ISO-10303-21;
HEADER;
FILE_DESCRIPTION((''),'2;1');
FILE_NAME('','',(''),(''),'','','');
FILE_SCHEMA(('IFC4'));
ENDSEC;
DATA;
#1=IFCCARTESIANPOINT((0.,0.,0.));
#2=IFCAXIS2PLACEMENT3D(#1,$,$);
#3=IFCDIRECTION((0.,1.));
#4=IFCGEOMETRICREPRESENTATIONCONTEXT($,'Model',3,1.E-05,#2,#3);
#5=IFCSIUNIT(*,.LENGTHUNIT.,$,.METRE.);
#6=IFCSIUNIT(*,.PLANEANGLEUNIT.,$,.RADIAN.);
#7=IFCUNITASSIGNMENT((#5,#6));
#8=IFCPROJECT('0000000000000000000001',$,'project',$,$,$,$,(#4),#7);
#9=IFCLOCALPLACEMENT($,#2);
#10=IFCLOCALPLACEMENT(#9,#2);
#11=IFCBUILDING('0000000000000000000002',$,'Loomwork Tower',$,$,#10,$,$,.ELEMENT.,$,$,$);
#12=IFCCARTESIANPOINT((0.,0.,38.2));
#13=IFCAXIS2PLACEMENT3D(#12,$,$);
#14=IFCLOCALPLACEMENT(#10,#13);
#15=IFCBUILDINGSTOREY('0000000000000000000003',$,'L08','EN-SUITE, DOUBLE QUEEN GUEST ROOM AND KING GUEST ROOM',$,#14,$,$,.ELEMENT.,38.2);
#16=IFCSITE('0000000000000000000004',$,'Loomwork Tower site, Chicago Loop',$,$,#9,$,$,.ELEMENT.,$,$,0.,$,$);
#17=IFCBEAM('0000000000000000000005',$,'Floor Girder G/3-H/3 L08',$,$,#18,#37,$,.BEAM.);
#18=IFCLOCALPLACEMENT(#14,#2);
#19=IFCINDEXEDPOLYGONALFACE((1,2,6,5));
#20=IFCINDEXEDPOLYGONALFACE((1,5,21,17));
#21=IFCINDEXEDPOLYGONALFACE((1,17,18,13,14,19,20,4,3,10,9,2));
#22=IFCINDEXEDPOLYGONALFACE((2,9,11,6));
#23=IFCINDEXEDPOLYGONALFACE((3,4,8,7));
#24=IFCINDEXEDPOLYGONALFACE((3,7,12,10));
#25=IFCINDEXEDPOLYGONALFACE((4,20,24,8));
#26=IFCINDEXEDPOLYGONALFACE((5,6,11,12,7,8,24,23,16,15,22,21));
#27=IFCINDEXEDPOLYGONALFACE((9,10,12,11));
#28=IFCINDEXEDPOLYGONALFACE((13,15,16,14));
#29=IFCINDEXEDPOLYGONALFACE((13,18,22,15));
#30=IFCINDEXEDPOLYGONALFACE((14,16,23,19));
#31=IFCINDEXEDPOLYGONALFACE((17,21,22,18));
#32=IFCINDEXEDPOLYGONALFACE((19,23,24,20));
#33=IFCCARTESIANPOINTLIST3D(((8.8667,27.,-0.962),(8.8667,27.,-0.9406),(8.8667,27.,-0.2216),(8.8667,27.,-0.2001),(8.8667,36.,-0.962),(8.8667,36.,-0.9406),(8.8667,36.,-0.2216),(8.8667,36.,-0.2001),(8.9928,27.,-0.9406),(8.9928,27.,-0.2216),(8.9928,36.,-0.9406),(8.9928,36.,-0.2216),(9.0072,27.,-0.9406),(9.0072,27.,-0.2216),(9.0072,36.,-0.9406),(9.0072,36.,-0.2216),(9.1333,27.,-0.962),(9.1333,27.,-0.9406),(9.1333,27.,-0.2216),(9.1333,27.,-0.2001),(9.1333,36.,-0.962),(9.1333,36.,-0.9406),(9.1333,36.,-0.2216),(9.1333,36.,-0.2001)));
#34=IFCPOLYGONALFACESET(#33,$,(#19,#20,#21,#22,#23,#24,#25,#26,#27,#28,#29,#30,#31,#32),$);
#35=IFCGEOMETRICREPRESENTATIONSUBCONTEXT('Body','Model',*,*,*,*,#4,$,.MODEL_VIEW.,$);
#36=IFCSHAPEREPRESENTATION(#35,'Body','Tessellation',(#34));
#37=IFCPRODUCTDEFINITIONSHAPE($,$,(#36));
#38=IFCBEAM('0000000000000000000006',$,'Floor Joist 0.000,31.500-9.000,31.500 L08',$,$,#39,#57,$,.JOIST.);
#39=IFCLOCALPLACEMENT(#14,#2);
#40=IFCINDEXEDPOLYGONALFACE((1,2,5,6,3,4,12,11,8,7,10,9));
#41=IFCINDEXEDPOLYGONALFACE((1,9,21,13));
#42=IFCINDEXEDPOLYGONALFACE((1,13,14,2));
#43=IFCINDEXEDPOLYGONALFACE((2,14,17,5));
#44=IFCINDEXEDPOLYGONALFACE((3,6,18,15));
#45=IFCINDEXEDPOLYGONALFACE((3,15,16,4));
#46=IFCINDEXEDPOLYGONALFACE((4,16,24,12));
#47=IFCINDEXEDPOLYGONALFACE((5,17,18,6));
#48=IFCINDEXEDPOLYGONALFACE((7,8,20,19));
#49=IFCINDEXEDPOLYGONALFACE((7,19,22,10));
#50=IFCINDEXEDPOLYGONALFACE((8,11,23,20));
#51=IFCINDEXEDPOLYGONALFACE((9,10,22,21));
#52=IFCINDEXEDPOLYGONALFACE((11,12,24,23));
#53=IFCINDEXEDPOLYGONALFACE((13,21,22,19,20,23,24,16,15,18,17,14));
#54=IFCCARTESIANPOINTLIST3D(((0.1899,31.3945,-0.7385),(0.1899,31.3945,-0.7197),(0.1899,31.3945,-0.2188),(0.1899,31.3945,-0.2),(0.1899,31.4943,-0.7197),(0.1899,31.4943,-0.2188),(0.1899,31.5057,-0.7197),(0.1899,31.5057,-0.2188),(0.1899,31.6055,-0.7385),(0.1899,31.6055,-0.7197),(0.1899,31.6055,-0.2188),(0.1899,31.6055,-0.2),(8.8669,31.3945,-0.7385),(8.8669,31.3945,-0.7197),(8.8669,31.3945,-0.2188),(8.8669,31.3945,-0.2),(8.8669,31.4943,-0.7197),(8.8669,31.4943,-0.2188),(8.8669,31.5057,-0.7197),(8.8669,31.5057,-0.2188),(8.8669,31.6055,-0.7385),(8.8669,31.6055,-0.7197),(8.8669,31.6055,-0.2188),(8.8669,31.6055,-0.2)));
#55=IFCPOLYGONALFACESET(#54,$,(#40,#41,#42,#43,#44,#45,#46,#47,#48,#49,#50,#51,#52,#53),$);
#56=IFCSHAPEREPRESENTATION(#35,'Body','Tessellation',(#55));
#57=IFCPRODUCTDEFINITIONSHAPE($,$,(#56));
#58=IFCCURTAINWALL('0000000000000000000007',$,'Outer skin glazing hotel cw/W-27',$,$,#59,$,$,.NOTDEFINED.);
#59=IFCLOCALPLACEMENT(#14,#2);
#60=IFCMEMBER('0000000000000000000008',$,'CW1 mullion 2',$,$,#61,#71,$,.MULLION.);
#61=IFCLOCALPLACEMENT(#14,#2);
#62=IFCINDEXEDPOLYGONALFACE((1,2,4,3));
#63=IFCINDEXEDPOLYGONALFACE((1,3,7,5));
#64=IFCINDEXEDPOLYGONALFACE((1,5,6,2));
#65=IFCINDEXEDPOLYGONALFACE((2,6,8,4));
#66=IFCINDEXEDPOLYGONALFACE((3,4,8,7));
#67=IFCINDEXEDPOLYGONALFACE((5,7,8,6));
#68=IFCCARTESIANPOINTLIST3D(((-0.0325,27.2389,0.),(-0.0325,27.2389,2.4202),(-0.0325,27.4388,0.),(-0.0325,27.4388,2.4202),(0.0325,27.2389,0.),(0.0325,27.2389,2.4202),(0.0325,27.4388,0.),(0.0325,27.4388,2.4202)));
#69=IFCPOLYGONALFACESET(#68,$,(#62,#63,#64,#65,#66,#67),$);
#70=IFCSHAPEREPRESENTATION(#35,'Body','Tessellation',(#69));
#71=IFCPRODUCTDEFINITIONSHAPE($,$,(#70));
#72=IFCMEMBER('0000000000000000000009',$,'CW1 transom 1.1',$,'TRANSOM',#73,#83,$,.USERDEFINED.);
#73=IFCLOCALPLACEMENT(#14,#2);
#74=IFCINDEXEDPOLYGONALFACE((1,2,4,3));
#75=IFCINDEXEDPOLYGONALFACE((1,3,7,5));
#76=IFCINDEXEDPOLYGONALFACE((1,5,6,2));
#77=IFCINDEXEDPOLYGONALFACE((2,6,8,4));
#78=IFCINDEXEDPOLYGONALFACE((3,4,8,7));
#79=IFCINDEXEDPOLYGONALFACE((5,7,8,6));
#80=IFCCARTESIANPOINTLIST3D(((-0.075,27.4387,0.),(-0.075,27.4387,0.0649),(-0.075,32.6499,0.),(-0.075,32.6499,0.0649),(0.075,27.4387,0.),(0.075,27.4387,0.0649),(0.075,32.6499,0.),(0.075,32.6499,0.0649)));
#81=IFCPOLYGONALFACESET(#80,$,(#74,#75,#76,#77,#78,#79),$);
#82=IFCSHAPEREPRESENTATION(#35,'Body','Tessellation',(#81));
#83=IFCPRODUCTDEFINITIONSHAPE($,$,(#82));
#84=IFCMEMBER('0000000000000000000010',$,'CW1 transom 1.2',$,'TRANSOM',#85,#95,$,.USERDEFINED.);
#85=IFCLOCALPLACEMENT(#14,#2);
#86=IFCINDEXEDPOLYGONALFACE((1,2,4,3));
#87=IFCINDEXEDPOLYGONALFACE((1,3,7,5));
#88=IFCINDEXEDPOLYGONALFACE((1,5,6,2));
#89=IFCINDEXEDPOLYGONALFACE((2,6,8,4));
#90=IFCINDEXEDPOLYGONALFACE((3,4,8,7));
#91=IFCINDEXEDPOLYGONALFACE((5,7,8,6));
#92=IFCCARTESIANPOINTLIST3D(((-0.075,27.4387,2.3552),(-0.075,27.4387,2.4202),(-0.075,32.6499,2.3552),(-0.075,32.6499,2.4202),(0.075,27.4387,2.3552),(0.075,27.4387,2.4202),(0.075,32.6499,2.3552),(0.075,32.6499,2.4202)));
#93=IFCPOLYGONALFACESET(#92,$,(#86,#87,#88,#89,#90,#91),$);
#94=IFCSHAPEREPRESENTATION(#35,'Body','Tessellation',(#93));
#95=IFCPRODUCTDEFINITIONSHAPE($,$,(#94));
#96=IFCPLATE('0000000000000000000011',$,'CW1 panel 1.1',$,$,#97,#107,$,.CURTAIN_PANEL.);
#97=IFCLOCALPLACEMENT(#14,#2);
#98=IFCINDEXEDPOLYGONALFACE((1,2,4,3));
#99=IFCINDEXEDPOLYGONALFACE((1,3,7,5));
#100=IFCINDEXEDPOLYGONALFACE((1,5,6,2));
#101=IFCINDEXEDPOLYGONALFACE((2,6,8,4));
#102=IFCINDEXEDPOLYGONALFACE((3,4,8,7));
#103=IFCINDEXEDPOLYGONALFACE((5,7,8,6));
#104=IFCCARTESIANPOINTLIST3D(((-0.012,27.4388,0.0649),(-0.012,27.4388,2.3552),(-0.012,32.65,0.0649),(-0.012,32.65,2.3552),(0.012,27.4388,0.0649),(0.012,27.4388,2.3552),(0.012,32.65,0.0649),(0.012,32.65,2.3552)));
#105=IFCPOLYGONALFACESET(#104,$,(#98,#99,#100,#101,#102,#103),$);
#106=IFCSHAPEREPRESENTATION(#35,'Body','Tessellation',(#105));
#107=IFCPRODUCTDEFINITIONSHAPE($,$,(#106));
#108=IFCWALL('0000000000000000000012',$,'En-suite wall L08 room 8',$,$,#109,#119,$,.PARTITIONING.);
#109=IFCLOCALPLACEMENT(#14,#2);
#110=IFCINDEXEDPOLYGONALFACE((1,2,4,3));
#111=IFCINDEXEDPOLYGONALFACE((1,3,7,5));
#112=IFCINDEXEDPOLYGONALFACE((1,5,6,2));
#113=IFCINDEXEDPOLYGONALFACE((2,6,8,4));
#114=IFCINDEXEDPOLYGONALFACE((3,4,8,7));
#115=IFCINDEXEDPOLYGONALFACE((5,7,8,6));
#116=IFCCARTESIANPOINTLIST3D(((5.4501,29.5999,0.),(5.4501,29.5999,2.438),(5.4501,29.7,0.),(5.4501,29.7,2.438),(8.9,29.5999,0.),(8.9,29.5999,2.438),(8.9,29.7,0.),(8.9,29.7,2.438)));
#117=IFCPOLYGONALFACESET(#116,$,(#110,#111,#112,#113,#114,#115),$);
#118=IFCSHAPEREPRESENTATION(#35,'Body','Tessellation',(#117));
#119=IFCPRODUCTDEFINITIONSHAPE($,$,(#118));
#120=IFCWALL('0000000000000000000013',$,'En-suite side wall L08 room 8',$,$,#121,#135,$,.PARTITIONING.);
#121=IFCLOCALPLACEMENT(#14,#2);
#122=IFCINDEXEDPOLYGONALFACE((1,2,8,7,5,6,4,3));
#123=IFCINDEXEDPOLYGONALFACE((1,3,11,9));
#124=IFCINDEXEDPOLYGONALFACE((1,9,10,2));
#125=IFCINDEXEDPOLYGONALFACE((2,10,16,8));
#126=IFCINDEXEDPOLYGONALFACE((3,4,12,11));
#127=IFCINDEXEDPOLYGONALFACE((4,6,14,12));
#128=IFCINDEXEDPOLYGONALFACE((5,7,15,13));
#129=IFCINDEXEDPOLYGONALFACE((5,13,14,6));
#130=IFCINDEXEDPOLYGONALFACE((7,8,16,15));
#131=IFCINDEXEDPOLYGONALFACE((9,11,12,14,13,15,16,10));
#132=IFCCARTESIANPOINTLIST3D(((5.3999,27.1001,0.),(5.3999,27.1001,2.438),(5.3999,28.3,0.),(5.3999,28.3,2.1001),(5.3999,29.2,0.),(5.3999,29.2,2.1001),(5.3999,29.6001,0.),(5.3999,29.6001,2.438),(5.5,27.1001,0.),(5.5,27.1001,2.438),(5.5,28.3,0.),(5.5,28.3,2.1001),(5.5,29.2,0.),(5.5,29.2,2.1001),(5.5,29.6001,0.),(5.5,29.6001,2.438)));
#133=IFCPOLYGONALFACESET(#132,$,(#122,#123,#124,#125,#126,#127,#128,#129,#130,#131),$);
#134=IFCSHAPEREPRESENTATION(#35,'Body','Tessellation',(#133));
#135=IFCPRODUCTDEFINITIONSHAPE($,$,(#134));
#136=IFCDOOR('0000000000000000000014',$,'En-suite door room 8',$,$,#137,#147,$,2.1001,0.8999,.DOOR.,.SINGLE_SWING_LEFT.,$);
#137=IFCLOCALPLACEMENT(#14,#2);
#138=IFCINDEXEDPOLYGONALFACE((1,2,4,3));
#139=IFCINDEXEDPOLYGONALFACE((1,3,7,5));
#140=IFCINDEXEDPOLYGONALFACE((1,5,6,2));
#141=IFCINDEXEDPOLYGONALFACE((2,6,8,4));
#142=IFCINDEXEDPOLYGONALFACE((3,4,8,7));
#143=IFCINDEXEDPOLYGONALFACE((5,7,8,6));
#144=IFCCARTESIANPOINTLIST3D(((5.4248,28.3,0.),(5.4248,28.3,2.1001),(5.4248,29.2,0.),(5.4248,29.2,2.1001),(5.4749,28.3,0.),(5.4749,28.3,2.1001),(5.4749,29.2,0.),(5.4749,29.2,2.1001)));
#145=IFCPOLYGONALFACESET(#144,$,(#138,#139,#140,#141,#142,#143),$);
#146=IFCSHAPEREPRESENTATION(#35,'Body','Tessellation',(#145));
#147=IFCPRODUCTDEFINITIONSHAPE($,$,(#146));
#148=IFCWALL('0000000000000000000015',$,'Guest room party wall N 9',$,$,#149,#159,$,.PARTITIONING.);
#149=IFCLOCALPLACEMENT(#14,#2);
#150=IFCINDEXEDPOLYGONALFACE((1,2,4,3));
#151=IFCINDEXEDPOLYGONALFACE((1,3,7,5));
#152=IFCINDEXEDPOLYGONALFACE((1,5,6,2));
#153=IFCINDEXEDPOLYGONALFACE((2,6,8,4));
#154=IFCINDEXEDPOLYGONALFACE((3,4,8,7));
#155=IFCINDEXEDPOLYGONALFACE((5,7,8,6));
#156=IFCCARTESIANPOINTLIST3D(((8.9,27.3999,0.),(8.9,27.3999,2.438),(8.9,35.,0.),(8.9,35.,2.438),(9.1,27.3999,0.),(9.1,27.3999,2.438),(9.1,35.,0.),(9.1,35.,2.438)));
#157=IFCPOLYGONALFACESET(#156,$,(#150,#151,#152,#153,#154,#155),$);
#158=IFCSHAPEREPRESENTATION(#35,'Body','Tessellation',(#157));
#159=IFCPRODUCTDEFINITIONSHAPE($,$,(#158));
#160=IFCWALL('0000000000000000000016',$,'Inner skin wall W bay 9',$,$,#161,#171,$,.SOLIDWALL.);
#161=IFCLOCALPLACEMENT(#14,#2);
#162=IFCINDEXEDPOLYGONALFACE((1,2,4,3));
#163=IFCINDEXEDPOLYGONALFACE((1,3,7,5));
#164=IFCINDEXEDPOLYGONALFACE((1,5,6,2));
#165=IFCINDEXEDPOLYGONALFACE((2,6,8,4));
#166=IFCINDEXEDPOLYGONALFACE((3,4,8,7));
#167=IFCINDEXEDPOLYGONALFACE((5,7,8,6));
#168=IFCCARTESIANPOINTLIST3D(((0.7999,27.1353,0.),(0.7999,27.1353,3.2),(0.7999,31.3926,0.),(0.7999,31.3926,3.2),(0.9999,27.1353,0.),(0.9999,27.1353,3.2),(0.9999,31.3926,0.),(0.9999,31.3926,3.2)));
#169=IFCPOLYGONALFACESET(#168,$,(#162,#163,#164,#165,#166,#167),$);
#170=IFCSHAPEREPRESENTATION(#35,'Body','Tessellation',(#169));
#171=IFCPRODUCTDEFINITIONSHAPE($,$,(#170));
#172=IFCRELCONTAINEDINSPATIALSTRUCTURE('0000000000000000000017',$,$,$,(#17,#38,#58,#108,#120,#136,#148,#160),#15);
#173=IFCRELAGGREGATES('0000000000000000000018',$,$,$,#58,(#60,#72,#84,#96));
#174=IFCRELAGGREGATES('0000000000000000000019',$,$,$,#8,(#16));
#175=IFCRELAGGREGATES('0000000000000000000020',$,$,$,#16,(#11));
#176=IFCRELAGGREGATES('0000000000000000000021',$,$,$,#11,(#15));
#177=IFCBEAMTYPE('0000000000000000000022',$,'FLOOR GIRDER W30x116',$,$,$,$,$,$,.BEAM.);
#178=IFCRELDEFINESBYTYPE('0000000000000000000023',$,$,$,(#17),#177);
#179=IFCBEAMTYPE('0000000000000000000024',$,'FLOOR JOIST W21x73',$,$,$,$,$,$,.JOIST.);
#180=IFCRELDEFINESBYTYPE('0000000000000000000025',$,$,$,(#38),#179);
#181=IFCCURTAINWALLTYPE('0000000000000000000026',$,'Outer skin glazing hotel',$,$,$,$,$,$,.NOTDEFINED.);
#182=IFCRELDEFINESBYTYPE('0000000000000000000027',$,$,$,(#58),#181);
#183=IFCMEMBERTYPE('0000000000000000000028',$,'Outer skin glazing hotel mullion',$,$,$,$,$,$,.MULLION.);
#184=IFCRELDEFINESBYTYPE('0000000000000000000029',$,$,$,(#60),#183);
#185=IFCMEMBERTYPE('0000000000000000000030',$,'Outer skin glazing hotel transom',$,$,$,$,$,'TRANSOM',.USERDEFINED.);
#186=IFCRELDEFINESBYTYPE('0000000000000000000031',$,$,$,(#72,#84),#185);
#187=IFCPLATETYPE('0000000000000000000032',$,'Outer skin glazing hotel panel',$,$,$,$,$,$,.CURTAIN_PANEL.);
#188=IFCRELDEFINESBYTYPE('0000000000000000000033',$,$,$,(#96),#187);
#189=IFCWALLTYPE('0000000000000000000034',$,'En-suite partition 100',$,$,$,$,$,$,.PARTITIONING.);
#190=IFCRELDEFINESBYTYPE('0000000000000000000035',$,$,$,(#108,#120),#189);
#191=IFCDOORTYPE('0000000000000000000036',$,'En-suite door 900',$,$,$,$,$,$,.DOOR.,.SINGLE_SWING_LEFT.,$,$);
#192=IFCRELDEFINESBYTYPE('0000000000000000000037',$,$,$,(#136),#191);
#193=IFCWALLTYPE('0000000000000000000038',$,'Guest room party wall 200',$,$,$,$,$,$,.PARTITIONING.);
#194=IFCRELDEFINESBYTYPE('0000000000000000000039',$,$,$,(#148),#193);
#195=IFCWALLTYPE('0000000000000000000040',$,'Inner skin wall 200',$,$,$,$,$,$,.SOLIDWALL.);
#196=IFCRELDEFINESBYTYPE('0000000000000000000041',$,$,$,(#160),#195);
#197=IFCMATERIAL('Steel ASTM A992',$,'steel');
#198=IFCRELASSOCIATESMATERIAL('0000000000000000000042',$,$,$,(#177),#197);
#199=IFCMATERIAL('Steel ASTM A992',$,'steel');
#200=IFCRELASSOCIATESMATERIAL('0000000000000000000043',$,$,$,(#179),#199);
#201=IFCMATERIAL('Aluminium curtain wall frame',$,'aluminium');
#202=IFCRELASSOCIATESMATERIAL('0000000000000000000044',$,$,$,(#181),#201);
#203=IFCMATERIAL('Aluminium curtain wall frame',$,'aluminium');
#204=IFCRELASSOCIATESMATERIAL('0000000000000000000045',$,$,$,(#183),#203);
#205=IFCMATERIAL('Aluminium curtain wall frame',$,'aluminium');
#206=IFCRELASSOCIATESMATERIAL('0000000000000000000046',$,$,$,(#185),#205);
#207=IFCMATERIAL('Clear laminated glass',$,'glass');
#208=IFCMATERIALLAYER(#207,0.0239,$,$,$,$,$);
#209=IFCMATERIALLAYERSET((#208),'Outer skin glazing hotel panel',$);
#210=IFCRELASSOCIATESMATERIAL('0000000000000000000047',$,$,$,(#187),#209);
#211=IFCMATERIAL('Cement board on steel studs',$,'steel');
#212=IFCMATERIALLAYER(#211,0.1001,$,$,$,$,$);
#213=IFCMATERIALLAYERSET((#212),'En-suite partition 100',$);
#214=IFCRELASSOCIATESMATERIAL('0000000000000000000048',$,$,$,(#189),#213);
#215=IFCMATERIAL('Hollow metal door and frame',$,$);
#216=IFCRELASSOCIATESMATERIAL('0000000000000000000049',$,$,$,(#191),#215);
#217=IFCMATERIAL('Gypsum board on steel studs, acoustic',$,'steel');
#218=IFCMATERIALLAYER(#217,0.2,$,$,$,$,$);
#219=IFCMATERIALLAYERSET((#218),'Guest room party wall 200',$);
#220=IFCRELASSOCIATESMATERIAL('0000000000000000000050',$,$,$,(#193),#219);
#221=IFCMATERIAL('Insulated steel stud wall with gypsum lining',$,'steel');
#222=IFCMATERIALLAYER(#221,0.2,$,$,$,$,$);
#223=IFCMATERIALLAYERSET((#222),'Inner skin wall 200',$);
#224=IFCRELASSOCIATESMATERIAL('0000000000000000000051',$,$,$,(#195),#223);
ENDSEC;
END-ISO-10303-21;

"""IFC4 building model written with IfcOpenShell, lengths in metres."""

from ifc_helpers import new_model, si_unit, direction, frame, frame_2d, origin, origin_2d, place, context, subcontext, project, spatial, rectangle, i_section, extrude, material, layer, layer_set, material_profile, profile_set, type_object, element, fill, aggregate, save


model = new_model("IFC4")

# Units and contexts
model_context = context("Model", 3, precision=1e-05, world=origin(), true_north=direction((0.0, 1.0)))
body_context = subcontext(model_context, "Body", "Model", "MODEL_VIEW")
ifc_project = project(units=[si_unit("LENGTHUNIT", "METRE"), si_unit("PLANEANGLEUNIT", "RADIAN")], contexts=[model_context])

# Site, building, storey
site_placement = place(None, origin())
site = spatial("IfcSite", under=ifc_project, at=site_placement, Name="Loomwork Tower site, Chicago Loop", CompositionType="ELEMENT", RefElevation=0.0)
building_placement = place(site_placement, origin())
building = spatial("IfcBuilding", under=site, at=building_placement, Name="Loomwork Tower", CompositionType="ELEMENT")
storey_placement = place(building_placement, frame((0.0, 0.0, 38.2)))
storey = spatial("IfcBuildingStorey", under=building, at=storey_placement, Name="L08", Description="EN-SUITE, DOUBLE QUEEN GUEST ROOM AND KING GUEST ROOM", CompositionType="ELEMENT", Elevation=38.2)

# Beams
ifc_material_1 = material(Name="Steel ASTM A992", Category="steel")
ifc_material_profile_1 = material_profile(ifc_material_1, i_section(OverallWidth=0.2666, OverallDepth=0.762, WebThickness=0.0144, FlangeThickness=0.0215, at=origin_2d()), Name="W30x116")
ifc_profile_set_1 = profile_set([ifc_material_profile_1], Name="Steel ASTM A992")
beam_type_1 = type_object("IfcBeamType", Name="FLOOR GIRDER W30x116", PredefinedType="BEAM", material=ifc_profile_set_1)
beam_1_placement = place(storey_placement, frame((9.0, 27.0, -0.5811), z_axis=(0.0, 1.0, 0.0), x_axis=(-1.0, 0.0, 0.0)))
element("IfcBeam", 1, at=beam_1_placement, inside=storey, type_object=beam_type_1, Name="Floor Girder G/3-H/3 L08", PredefinedType="BEAM", context=body_context, shape_type="SweptSolid", body=[
    extrude(i_section(OverallWidth=0.2666, OverallDepth=0.762, WebThickness=0.0144, FlangeThickness=0.0215, at=origin_2d()), origin(), (0.0, 0.0, 1.0), 9.0),
])
ifc_material_2 = material(Name="Steel ASTM A992", Category="steel")
ifc_material_profile_2 = material_profile(ifc_material_2, i_section(OverallWidth=0.2109, OverallDepth=0.5386, WebThickness=0.0115, FlangeThickness=0.0188, at=origin_2d()), Name="W21x73")
ifc_profile_set_2 = profile_set([ifc_material_profile_2], Name="Steel ASTM A992")
beam_type_2 = type_object("IfcBeamType", Name="FLOOR JOIST W21x73", PredefinedType="JOIST", material=ifc_profile_set_2)
beam_2_placement = place(storey_placement, frame((0.1899, 31.5, -0.4692), z_axis=(1.0, 0.0, 0.0), x_axis=(0.0, 1.0, 0.0)))
element("IfcBeam", 2, at=beam_2_placement, inside=storey, type_object=beam_type_2, Name="Floor Joist 0.000,31.500-9.000,31.500 L08", PredefinedType="JOIST", context=body_context, shape_type="SweptSolid", body=[
    extrude(i_section(OverallWidth=0.2109, OverallDepth=0.5386, WebThickness=0.0115, FlangeThickness=0.0188, at=origin_2d()), origin(), (0.0, 0.0, 1.0), 8.677),
])

# Curtain wall, members, plate
ifc_material_3 = material(Name="Aluminium curtain wall frame", Category="aluminium")
curtain_wall_type = type_object("IfcCurtainWallType", Name="Outer skin glazing hotel", PredefinedType="NOTDEFINED", material=ifc_material_3)
curtain_wall_placement = place(storey_placement, origin())
curtain_wall = element("IfcCurtainWall", 3, at=curtain_wall_placement, inside=storey, type_object=curtain_wall_type, Name="Outer skin glazing hotel cw/W-27", PredefinedType="NOTDEFINED")
ifc_material_4 = material(Name="Aluminium curtain wall frame", Category="aluminium")
ifc_material_profile_3 = material_profile(ifc_material_4, rectangle(XDim=0.0649, YDim=0.2, at=origin_2d()), Name="AL 65x200")
ifc_profile_set_3 = profile_set([ifc_material_profile_3], Name="Aluminium curtain wall frame")
member_type_1 = type_object("IfcMemberType", Name="Outer skin glazing hotel mullion", PredefinedType="MULLION", material=ifc_profile_set_3)
member_1_placement = place(storey_placement, frame((0.0, 27.3389, 0.0), z_axis=(0.0, 0.0, 1.0), x_axis=(1.0, 0.0, 0.0)))
member_1 = element("IfcMember", 4, at=member_1_placement, type_object=member_type_1, Name="CW1 mullion 2", PredefinedType="MULLION", context=body_context, shape_type="SweptSolid", body=[
    extrude(rectangle(XDim=0.0649, YDim=0.2, at=origin_2d()), origin(), (0.0, 0.0, 1.0), 2.4202),
])
ifc_material_5 = material(Name="Aluminium curtain wall frame", Category="aluminium")
ifc_material_profile_4 = material_profile(ifc_material_5, rectangle(XDim=0.1499, YDim=0.0649, at=origin_2d()), Name="AL 65x150")
ifc_profile_set_4 = profile_set([ifc_material_profile_4], Name="Aluminium curtain wall frame")
member_type_2 = type_object("IfcMemberType", Name="Outer skin glazing hotel transom", ElementType="TRANSOM", PredefinedType="USERDEFINED", material=ifc_profile_set_4)
member_2_placement = place(storey_placement, frame((0.0, 32.6499, 0.0325), z_axis=(0.0, -1.0, 0.0), x_axis=(1.0, 0.0, 0.0)))
member_2 = element("IfcMember", 5, at=member_2_placement, type_object=member_type_2, Name="CW1 transom 1.1", ObjectType="TRANSOM", PredefinedType="USERDEFINED", context=body_context, shape_type="SweptSolid", body=[
    extrude(rectangle(XDim=0.1499, YDim=0.0649, at=origin_2d()), origin(), (0.0, 0.0, 1.0), 5.2112),
])
member_3_placement = place(storey_placement, frame((0.0, 32.6499, 2.3877), z_axis=(0.0, -1.0, 0.0), x_axis=(1.0, 0.0, 0.0)))
member_3 = element("IfcMember", 6, at=member_3_placement, type_object=member_type_2, Name="CW1 transom 1.2", ObjectType="TRANSOM", PredefinedType="USERDEFINED", context=body_context, shape_type="SweptSolid", body=[
    extrude(rectangle(XDim=0.1499, YDim=0.0649, at=origin_2d()), origin(), (0.0, 0.0, 1.0), 5.2112),
])
ifc_material_6 = material(Name="Clear laminated glass", Category="glass")
ifc_layer_1 = layer(ifc_material_6, 0.0239)
ifc_layer_set_1 = layer_set([ifc_layer_1], Name="Outer skin glazing hotel panel")
plate_type = type_object("IfcPlateType", Name="Outer skin glazing hotel panel", PredefinedType="CURTAIN_PANEL", material=ifc_layer_set_1)
plate_placement = place(storey_placement, frame((0.0, 30.0444, 0.0649), z_axis=(0.0, 0.0, 1.0), x_axis=(0.0, -1.0, 0.0)))
plate = element("IfcPlate", 7, at=plate_placement, type_object=plate_type, Name="CW1 panel 1.1", PredefinedType="CURTAIN_PANEL", context=body_context, shape_type="SweptSolid", body=[
    extrude(rectangle(XDim=5.2112, YDim=0.0239, at=origin_2d()), origin(), (0.0, 0.0, 1.0), 2.2903),
])
aggregate(curtain_wall, [member_1, member_2, member_3, plate])

# Wall
ifc_material_7 = material(Name="Cement board on steel studs", Category="steel")
ifc_layer_2 = layer(ifc_material_7, 0.1001)
ifc_layer_set_2 = layer_set([ifc_layer_2], Name="En-suite partition 100")
wall_type_1 = type_object("IfcWallType", Name="En-suite partition 100", PredefinedType="PARTITIONING", material=ifc_layer_set_2)
wall_1_placement = place(storey_placement, frame((5.45, 29.6499, 0.0), z_axis=(0.0, 0.0, 1.0), x_axis=(1.0, 0.0, 0.0)))
element("IfcWall", 8, at=wall_1_placement, inside=storey, type_object=wall_type_1, Name="En-suite wall L08 room 8", PredefinedType="PARTITIONING", context=body_context, shape_type="SweptSolid", body=[
    extrude(rectangle(XDim=3.45, YDim=0.1001, at=frame_2d((1.7251, 0.0))), origin(), (0.0, 0.0, 1.0), 2.438),
])

# Wall, opening, door
wall_2_placement = place(storey_placement, frame((5.45, 27.1001, 0.0), z_axis=(0.0, 0.0, 1.0), x_axis=(0.0, 1.0, 0.0)))
wall_2 = element("IfcWall", 9, at=wall_2_placement, inside=storey, type_object=wall_type_1, Name="En-suite side wall L08 room 8", PredefinedType="PARTITIONING", context=body_context, shape_type="SweptSolid", body=[
    extrude(rectangle(XDim=2.5, YDim=0.1001, at=frame_2d((1.25, 0.0))), origin(), (0.0, 0.0, 1.0), 2.438),
])
opening_placement = place(wall_2_placement, frame((1.2, 0.0, 0.0)))
opening = element("IfcOpeningElement", 10, at=opening_placement, cuts=wall_2, PredefinedType="OPENING", context=body_context, shape_type="SweptSolid", body=[
    extrude(rectangle(XDim=0.8999, YDim=2.1001, at=frame_2d((0.45, 1.05))), frame((0.0, 0.0601, 0.0), z_axis=(0.0, -1.0, 0.0), x_axis=(1.0, 0.0, 0.0)), (0.0, 0.0, 1.0), 0.1201),
])
ifc_material_8 = material(Name="Hollow metal door and frame")
door_type = type_object("IfcDoorType", Name="En-suite door 900", OperationType="SINGLE_SWING_LEFT", PredefinedType="DOOR", material=ifc_material_8)
door_placement = place(opening_placement, frame((0.8999, 0.0, 0.0), z_axis=(0.0, 0.0, 1.0), x_axis=(-1.0, 0.0, 0.0)))
door = element("IfcDoor", 11, at=door_placement, inside=storey, type_object=door_type, Name="En-suite door room 8", OperationType="SINGLE_SWING_LEFT", OverallHeight=2.1001, OverallWidth=0.8999, PredefinedType="DOOR", context=body_context, shape_type="SweptSolid", body=[
    extrude(rectangle(XDim=0.8999, YDim=2.1001, at=frame_2d((0.45, 1.05))), frame((0.0, 0.0249, 0.0), z_axis=(0.0, -1.0, 0.0), x_axis=(1.0, 0.0, 0.0)), (0.0, 0.0, 1.0), 0.05),
])
fill(opening, door)

# Walls
ifc_material_9 = material(Name="Gypsum board on steel studs, acoustic", Category="steel")
ifc_layer_3 = layer(ifc_material_9, 0.2)
ifc_layer_set_3 = layer_set([ifc_layer_3], Name="Guest room party wall 200")
wall_type_2 = type_object("IfcWallType", Name="Guest room party wall 200", PredefinedType="PARTITIONING", material=ifc_layer_set_3)
wall_3_placement = place(storey_placement, frame((9.0, 27.3999, 0.0), z_axis=(0.0, 0.0, 1.0), x_axis=(0.0, 1.0, 0.0)))
element("IfcWall", 12, at=wall_3_placement, inside=storey, type_object=wall_type_2, Name="Guest room party wall N 9", PredefinedType="PARTITIONING", context=body_context, shape_type="SweptSolid", body=[
    extrude(rectangle(XDim=7.6001, YDim=0.2, at=frame_2d((3.8, 0.0))), origin(), (0.0, 0.0, 1.0), 2.438),
])
ifc_material_10 = material(Name="Insulated steel stud wall with gypsum lining", Category="steel")
ifc_layer_4 = layer(ifc_material_10, 0.2)
ifc_layer_set_4 = layer_set([ifc_layer_4], Name="Inner skin wall 200")
wall_type_3 = type_object("IfcWallType", Name="Inner skin wall 200", PredefinedType="SOLIDWALL", material=ifc_layer_set_4)
wall_4_placement = place(storey_placement, frame((0.8999, 27.1353, 0.0), z_axis=(0.0, 0.0, 1.0), x_axis=(0.0, 1.0, 0.0)))
element("IfcWall", 13, at=wall_4_placement, inside=storey, type_object=wall_type_3, Name="Inner skin wall W bay 9", PredefinedType="SOLIDWALL", context=body_context, shape_type="SweptSolid", body=[
    extrude(rectangle(XDim=4.2573, YDim=0.2, at=frame_2d((2.1287, 0.0))), origin(), (0.0, 0.0, 1.0), 3.2),
])

save(model, "model.ifc")
